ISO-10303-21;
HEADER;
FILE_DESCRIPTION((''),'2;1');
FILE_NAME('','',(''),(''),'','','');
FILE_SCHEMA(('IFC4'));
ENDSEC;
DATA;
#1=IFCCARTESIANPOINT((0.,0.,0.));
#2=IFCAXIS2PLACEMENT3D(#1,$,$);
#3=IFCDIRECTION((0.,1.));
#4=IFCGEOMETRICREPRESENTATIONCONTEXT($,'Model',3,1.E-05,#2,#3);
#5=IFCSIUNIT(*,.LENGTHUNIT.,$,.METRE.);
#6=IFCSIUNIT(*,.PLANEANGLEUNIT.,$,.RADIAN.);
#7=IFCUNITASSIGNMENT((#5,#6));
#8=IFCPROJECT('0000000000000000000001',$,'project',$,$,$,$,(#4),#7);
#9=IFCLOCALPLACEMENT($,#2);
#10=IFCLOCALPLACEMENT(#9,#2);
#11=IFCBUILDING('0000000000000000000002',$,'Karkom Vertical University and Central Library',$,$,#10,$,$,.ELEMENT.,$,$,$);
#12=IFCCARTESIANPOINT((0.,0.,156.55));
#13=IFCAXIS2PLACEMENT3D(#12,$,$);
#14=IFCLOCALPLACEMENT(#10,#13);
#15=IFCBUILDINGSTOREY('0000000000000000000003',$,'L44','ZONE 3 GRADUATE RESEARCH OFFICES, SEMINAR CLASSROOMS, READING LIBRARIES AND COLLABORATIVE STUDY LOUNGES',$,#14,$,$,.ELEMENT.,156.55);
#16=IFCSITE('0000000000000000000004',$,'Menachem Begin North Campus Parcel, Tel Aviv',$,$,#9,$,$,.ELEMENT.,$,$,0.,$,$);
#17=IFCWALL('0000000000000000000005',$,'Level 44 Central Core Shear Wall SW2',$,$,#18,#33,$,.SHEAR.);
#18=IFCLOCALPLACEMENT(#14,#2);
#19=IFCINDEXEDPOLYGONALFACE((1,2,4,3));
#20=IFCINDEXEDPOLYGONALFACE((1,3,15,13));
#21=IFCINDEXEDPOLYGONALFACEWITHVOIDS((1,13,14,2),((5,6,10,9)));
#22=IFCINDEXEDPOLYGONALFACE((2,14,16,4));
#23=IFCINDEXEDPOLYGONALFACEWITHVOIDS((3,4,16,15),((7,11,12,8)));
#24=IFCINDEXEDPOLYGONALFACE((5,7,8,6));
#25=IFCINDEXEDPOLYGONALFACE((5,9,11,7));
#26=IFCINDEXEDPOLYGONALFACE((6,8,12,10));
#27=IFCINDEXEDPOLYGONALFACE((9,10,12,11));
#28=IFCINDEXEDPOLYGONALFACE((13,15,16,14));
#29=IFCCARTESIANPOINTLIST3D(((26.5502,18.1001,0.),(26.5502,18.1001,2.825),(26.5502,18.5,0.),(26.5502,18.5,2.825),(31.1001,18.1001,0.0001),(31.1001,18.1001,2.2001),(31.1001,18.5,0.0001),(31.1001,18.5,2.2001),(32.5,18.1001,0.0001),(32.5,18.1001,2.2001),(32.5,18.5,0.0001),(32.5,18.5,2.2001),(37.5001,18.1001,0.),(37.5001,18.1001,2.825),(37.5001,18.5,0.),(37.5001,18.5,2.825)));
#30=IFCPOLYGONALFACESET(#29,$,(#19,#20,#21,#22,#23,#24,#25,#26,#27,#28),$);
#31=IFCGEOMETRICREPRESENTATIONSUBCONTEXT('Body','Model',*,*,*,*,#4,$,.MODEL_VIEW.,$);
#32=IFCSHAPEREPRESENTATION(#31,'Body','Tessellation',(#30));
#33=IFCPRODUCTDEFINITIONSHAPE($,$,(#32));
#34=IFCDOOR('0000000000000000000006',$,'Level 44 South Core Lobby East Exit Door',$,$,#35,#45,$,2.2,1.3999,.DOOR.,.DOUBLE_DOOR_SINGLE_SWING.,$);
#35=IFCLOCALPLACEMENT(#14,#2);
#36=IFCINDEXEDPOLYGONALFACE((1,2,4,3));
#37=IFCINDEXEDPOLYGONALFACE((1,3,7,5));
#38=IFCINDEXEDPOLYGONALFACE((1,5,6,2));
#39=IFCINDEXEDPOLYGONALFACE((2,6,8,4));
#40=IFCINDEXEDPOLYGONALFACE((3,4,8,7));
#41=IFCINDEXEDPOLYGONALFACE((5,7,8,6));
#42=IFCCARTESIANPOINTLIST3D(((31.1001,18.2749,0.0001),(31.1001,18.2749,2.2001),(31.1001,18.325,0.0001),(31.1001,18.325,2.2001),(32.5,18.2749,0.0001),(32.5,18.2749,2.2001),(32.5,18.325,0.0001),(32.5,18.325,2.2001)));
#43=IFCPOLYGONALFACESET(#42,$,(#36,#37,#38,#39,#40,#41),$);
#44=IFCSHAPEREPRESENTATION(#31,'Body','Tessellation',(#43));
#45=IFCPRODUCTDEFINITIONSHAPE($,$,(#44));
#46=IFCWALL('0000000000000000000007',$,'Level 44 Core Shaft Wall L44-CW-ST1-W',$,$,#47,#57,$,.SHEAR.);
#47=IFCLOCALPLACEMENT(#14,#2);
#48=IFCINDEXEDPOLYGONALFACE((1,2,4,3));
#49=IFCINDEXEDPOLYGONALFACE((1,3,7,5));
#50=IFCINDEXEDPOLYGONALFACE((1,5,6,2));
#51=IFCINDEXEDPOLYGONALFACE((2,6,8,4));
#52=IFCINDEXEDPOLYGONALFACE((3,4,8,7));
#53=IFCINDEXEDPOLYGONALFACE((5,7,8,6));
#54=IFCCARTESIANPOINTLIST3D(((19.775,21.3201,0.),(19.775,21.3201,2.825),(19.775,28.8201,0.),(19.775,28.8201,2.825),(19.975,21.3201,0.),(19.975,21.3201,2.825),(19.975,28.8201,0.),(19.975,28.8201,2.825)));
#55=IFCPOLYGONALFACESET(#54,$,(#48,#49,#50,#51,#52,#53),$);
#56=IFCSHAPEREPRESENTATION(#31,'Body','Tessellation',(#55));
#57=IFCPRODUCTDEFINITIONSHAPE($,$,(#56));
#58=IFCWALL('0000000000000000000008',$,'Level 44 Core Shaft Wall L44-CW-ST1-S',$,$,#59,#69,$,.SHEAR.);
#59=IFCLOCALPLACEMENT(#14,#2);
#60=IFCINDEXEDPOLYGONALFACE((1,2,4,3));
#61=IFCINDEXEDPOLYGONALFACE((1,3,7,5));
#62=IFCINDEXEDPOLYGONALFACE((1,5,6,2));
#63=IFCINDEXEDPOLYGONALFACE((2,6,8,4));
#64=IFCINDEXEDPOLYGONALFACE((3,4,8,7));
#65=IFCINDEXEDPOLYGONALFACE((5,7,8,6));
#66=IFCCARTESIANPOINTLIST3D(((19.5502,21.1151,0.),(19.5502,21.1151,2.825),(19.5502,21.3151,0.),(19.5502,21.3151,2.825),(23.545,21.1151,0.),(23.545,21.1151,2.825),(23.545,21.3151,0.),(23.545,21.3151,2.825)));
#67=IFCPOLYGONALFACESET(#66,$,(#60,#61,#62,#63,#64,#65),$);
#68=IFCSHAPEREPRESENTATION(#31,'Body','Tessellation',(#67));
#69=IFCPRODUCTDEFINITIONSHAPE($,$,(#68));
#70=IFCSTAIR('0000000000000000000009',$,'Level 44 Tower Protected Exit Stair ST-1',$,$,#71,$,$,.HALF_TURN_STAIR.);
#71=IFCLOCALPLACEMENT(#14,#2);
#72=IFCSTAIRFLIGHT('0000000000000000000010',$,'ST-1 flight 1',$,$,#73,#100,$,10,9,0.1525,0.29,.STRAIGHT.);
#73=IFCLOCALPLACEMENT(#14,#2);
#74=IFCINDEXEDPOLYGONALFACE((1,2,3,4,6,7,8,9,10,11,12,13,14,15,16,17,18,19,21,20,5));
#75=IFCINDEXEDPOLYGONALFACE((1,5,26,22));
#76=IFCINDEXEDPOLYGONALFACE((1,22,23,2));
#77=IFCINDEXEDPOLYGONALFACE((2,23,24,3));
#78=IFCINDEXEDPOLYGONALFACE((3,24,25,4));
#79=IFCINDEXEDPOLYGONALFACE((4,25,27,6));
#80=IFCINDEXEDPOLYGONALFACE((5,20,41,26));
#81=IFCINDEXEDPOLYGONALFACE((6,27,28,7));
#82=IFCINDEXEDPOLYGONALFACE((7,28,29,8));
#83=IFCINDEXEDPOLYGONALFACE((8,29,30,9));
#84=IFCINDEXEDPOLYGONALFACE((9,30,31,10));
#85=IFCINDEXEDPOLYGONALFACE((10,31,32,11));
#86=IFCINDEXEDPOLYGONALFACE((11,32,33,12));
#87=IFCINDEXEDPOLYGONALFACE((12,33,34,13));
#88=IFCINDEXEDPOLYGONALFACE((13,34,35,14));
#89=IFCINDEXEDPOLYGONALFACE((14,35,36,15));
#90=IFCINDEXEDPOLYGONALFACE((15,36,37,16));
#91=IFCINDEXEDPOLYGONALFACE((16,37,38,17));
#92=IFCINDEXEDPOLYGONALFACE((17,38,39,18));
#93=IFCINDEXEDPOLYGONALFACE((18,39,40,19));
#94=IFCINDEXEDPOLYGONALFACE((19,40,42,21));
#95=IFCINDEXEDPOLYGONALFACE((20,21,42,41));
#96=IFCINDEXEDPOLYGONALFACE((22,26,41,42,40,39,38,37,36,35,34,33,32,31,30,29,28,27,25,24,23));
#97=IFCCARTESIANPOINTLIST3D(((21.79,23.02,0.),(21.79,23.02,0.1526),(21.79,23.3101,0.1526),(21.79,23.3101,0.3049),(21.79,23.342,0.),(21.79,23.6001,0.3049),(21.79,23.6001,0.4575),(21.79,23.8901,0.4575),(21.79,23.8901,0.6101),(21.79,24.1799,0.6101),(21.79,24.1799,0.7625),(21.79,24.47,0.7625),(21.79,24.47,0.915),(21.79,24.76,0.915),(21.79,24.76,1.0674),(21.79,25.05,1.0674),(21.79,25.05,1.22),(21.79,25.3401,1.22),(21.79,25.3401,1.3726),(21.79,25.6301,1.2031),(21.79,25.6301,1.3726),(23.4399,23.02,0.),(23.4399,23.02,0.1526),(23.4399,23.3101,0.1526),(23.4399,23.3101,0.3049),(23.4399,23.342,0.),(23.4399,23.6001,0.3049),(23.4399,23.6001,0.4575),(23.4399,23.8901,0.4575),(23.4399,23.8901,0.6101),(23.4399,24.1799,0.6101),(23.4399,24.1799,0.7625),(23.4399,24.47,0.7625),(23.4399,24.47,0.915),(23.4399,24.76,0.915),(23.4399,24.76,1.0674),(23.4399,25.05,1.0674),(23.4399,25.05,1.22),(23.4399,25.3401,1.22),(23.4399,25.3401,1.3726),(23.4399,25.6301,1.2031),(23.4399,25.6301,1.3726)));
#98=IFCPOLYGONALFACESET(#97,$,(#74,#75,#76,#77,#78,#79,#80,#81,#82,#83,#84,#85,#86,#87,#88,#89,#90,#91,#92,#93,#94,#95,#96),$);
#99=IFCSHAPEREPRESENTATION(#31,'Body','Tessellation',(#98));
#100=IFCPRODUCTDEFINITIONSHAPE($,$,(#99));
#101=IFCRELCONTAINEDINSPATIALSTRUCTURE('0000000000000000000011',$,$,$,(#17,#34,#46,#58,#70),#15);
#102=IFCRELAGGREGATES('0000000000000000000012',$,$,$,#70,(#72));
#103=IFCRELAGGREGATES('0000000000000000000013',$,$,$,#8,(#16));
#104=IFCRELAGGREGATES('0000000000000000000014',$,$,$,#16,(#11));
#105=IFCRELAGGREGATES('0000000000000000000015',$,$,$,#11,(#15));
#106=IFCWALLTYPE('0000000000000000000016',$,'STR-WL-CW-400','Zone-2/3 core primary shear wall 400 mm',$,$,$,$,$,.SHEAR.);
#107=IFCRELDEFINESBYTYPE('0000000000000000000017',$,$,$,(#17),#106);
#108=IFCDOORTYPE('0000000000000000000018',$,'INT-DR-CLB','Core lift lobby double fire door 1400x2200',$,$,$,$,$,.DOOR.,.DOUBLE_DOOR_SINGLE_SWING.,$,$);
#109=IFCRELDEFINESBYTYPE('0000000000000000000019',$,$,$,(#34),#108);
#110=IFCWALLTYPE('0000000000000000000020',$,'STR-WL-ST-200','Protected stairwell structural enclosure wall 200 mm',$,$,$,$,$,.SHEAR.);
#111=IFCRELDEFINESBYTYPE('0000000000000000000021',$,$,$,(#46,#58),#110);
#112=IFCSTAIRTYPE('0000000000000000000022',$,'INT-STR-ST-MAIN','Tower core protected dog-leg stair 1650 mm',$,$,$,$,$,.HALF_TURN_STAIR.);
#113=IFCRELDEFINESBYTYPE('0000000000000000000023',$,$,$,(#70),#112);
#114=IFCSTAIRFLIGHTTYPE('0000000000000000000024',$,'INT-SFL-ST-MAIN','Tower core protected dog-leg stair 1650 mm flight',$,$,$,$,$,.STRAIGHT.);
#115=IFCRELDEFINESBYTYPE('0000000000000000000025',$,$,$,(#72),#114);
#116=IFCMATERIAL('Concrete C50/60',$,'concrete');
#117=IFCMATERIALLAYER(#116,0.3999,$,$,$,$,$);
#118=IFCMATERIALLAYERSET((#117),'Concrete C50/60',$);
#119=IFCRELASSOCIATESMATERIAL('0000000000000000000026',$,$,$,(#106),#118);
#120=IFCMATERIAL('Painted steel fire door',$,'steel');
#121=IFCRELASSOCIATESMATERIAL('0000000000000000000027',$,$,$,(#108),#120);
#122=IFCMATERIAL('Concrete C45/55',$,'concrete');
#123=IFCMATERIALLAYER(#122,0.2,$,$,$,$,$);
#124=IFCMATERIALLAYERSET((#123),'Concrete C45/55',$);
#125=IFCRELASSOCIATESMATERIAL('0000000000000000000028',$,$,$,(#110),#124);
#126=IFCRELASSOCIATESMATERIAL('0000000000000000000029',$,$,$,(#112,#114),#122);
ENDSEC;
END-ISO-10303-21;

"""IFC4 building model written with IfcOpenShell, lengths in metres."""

from ifc_helpers import new_model, si_unit, direction, frame, frame_2d, origin, origin_with_axes, place, context, subcontext, project, spatial, polyline, rectangle, outline, extrude, source, transform, mapped, material, layer, layer_set, type_object, element, fill, aggregate, save


model = new_model("IFC4")

# Units and contexts
model_context = context("Model", 3, precision=1e-05, world=origin(), true_north=direction((0.0, 1.0)))
body_context = subcontext(model_context, "Body", "Model", "MODEL_VIEW")
ifc_project = project(units=[si_unit("LENGTHUNIT", "METRE"), si_unit("PLANEANGLEUNIT", "RADIAN")], contexts=[model_context])

# Site, building, storey
site_placement = place(None, origin())
site = spatial("IfcSite", under=ifc_project, at=site_placement, Name="Menachem Begin North Campus Parcel, Tel Aviv", CompositionType="ELEMENT", RefElevation=0.0)
building_placement = place(site_placement, origin())
building = spatial("IfcBuilding", under=site, at=building_placement, Name="Karkom Vertical University and Central Library", CompositionType="ELEMENT")
storey_placement = place(building_placement, frame((0.0, 0.0, 156.55)))
storey = spatial("IfcBuildingStorey", under=building, at=storey_placement, Name="L44", Description="ZONE 3 GRADUATE RESEARCH OFFICES, SEMINAR CLASSROOMS, READING LIBRARIES AND COLLABORATIVE STUDY LOUNGES", CompositionType="ELEMENT", Elevation=156.55)

# Shared definitions
ifc_material_1 = material(Name="Concrete C50/60", Category="concrete")

# Wall, opening, door
ifc_layer_1 = layer(ifc_material_1, 0.3999)
ifc_layer_set_1 = layer_set([ifc_layer_1], Name="Concrete C50/60")
wall_type_1 = type_object("IfcWallType", Name="STR-WL-CW-400", Description="Zone-2/3 core primary shear wall 400 mm", PredefinedType="SHEAR", material=ifc_layer_set_1)
ifc_material_2 = material(Name="Painted steel fire door", Category="steel")
door_type_1 = type_object("IfcDoorType", Name="INT-DR-CLB", Description="Core lift lobby double fire door 1400x2200", OperationType="DOUBLE_DOOR_SINGLE_SWING", PredefinedType="DOOR", material=ifc_material_2)
shared_shape_1 = source(origin_with_axes(), body_context, "Body", "SweptSolid", [
    extrude(rectangle(XDim=1.3999, YDim=2.2, at=frame_2d((0.7, 1.1001))), frame((0.0, 0.0249, 0.0), z_axis=(0.0, -1.0, 0.0), x_axis=(1.0, 0.0, 0.0)), (0.0, 0.0, 1.0), 0.05),
])
wall_1_placement = place(storey_placement, frame((26.55, 18.3, 0.0), z_axis=(0.0, 0.0, 1.0), x_axis=(1.0, 0.0, 0.0)))
wall_1 = element("IfcWall", 1, at=wall_1_placement, inside=storey, type_object=wall_type_1, Name="Level 44 Central Core Shear Wall SW2", PredefinedType="SHEAR", context=body_context, shape_type="SweptSolid", body=[
    extrude(rectangle(XDim=10.95, YDim=0.3999, at=frame_2d((5.4751, 0.0))), origin(), (0.0, 0.0, 1.0), 2.825),
])
opening_1_placement = place(wall_1_placement, frame((4.55, 0.0, 0.0)))
opening_1 = element("IfcOpeningElement", 2, at=opening_1_placement, cuts=wall_1, PredefinedType="OPENING", context=body_context, shape_type="SweptSolid", body=[
    extrude(rectangle(XDim=1.3999, YDim=2.2, at=frame_2d((0.7, 1.1001))), frame((0.0, 0.21, 0.0), z_axis=(0.0, -1.0, 0.0), x_axis=(1.0, 0.0, 0.0)), (0.0, 0.0, 1.0), 0.4199),
])
door_1_placement = place(opening_1_placement, origin())
door_1 = element("IfcDoor", 3, at=door_1_placement, inside=storey, type_object=door_type_1, Name="Level 44 South Core Lobby East Exit Door", OperationType="DOUBLE_DOOR_SINGLE_SWING", OverallHeight=2.2, OverallWidth=1.3999, PredefinedType="DOOR", context=body_context, shape_type="MappedRepresentation", body=[
    mapped(shared_shape_1, transform((0.0, 0.0, 0.0), scale=1.0)),
])
fill(opening_1, door_1)

# Shared definitions
ifc_material_3 = material(Name="Concrete C45/55", Category="concrete")
ifc_layer_2 = layer(ifc_material_3, 0.2)
ifc_layer_set_2 = layer_set([ifc_layer_2], Name="Concrete C45/55")
wall_type_2 = type_object("IfcWallType", Name="STR-WL-ST-200", Description="Protected stairwell structural enclosure wall 200 mm", PredefinedType="SHEAR", material=ifc_layer_set_2)

# Walls
wall_2_placement = place(storey_placement, frame((19.875, 21.3201, 0.0), z_axis=(0.0, 0.0, 1.0), x_axis=(0.0, 1.0, 0.0)))
element("IfcWall", 4, at=wall_2_placement, inside=storey, type_object=wall_type_2, Name="Level 44 Core Shaft Wall L44-CW-ST1-W", PredefinedType="SHEAR", context=body_context, shape_type="SweptSolid", body=[
    extrude(rectangle(XDim=7.5, YDim=0.2, at=frame_2d((3.75, 0.0))), origin(), (0.0, 0.0, 1.0), 2.825),
])
wall_3_placement = place(storey_placement, frame((19.55, 21.2151, 0.0), z_axis=(0.0, 0.0, 1.0), x_axis=(1.0, 0.0, 0.0)))
element("IfcWall", 5, at=wall_3_placement, inside=storey, type_object=wall_type_2, Name="Level 44 Core Shaft Wall L44-CW-ST1-S", PredefinedType="SHEAR", context=body_context, shape_type="SweptSolid", body=[
    extrude(rectangle(XDim=3.9949, YDim=0.2, at=frame_2d((1.9976, 0.0))), origin(), (0.0, 0.0, 1.0), 2.825),
])

# Stair, stair flight
stair_type = type_object("IfcStairType", Name="INT-STR-ST-MAIN", Description="Tower core protected dog-leg stair 1650 mm", PredefinedType="HALF_TURN_STAIR", material=ifc_material_3)
stair_placement = place(storey_placement, origin())
stair = element("IfcStair", 6, at=stair_placement, inside=storey, type_object=stair_type, Name="Level 44 Tower Protected Exit Stair ST-1", PredefinedType="HALF_TURN_STAIR")
stair_flight_type = type_object("IfcStairFlightType", Name="INT-SFL-ST-MAIN", Description="Tower core protected dog-leg stair 1650 mm flight", PredefinedType="STRAIGHT", material=ifc_material_3)
stair_flight_placement = place(storey_placement, frame((22.615, 23.02, 0.0), z_axis=(0.0, 0.0, 1.0), x_axis=(0.0, 1.0, 0.0)))
stair_flight = element("IfcStairFlight", 7, at=stair_flight_placement, type_object=stair_flight_type, Name="ST-1 flight 1", NumberOfRisers=10, NumberOfTreads=9, PredefinedType="STRAIGHT", RiserHeight=0.1525, TreadLength=0.29, context=body_context, shape_type="SweptSolid", body=[
    extrude(outline(polyline([(0.0, 0.0), (0.0, 0.1526), (0.29, 0.1526), (0.29, 0.3049), (0.5801, 0.3049), (0.5801, 0.4575), (0.8701, 0.4575), (0.8701, 0.6101), (1.1599, 0.6101), (1.1599, 0.7625), (1.45, 0.7625), (1.45, 0.915), (1.74, 0.915), (1.74, 1.0674), (2.03, 1.0674), (2.03, 1.22), (2.3201, 1.22), (2.3201, 1.3726), (2.6101, 1.3726), (2.6101, 1.5249), (2.6101, 1.2031), (0.322, 0.0), (0.0, 0.0)])), frame((0.0, 0.825, 0.0), z_axis=(0.0, -1.0, 0.0), x_axis=(1.0, 0.0, 0.0)), (0.0, 0.0, 1.0), 1.6499),
])
aggregate(stair, [stair_flight])

save(model, "model.ifc")
